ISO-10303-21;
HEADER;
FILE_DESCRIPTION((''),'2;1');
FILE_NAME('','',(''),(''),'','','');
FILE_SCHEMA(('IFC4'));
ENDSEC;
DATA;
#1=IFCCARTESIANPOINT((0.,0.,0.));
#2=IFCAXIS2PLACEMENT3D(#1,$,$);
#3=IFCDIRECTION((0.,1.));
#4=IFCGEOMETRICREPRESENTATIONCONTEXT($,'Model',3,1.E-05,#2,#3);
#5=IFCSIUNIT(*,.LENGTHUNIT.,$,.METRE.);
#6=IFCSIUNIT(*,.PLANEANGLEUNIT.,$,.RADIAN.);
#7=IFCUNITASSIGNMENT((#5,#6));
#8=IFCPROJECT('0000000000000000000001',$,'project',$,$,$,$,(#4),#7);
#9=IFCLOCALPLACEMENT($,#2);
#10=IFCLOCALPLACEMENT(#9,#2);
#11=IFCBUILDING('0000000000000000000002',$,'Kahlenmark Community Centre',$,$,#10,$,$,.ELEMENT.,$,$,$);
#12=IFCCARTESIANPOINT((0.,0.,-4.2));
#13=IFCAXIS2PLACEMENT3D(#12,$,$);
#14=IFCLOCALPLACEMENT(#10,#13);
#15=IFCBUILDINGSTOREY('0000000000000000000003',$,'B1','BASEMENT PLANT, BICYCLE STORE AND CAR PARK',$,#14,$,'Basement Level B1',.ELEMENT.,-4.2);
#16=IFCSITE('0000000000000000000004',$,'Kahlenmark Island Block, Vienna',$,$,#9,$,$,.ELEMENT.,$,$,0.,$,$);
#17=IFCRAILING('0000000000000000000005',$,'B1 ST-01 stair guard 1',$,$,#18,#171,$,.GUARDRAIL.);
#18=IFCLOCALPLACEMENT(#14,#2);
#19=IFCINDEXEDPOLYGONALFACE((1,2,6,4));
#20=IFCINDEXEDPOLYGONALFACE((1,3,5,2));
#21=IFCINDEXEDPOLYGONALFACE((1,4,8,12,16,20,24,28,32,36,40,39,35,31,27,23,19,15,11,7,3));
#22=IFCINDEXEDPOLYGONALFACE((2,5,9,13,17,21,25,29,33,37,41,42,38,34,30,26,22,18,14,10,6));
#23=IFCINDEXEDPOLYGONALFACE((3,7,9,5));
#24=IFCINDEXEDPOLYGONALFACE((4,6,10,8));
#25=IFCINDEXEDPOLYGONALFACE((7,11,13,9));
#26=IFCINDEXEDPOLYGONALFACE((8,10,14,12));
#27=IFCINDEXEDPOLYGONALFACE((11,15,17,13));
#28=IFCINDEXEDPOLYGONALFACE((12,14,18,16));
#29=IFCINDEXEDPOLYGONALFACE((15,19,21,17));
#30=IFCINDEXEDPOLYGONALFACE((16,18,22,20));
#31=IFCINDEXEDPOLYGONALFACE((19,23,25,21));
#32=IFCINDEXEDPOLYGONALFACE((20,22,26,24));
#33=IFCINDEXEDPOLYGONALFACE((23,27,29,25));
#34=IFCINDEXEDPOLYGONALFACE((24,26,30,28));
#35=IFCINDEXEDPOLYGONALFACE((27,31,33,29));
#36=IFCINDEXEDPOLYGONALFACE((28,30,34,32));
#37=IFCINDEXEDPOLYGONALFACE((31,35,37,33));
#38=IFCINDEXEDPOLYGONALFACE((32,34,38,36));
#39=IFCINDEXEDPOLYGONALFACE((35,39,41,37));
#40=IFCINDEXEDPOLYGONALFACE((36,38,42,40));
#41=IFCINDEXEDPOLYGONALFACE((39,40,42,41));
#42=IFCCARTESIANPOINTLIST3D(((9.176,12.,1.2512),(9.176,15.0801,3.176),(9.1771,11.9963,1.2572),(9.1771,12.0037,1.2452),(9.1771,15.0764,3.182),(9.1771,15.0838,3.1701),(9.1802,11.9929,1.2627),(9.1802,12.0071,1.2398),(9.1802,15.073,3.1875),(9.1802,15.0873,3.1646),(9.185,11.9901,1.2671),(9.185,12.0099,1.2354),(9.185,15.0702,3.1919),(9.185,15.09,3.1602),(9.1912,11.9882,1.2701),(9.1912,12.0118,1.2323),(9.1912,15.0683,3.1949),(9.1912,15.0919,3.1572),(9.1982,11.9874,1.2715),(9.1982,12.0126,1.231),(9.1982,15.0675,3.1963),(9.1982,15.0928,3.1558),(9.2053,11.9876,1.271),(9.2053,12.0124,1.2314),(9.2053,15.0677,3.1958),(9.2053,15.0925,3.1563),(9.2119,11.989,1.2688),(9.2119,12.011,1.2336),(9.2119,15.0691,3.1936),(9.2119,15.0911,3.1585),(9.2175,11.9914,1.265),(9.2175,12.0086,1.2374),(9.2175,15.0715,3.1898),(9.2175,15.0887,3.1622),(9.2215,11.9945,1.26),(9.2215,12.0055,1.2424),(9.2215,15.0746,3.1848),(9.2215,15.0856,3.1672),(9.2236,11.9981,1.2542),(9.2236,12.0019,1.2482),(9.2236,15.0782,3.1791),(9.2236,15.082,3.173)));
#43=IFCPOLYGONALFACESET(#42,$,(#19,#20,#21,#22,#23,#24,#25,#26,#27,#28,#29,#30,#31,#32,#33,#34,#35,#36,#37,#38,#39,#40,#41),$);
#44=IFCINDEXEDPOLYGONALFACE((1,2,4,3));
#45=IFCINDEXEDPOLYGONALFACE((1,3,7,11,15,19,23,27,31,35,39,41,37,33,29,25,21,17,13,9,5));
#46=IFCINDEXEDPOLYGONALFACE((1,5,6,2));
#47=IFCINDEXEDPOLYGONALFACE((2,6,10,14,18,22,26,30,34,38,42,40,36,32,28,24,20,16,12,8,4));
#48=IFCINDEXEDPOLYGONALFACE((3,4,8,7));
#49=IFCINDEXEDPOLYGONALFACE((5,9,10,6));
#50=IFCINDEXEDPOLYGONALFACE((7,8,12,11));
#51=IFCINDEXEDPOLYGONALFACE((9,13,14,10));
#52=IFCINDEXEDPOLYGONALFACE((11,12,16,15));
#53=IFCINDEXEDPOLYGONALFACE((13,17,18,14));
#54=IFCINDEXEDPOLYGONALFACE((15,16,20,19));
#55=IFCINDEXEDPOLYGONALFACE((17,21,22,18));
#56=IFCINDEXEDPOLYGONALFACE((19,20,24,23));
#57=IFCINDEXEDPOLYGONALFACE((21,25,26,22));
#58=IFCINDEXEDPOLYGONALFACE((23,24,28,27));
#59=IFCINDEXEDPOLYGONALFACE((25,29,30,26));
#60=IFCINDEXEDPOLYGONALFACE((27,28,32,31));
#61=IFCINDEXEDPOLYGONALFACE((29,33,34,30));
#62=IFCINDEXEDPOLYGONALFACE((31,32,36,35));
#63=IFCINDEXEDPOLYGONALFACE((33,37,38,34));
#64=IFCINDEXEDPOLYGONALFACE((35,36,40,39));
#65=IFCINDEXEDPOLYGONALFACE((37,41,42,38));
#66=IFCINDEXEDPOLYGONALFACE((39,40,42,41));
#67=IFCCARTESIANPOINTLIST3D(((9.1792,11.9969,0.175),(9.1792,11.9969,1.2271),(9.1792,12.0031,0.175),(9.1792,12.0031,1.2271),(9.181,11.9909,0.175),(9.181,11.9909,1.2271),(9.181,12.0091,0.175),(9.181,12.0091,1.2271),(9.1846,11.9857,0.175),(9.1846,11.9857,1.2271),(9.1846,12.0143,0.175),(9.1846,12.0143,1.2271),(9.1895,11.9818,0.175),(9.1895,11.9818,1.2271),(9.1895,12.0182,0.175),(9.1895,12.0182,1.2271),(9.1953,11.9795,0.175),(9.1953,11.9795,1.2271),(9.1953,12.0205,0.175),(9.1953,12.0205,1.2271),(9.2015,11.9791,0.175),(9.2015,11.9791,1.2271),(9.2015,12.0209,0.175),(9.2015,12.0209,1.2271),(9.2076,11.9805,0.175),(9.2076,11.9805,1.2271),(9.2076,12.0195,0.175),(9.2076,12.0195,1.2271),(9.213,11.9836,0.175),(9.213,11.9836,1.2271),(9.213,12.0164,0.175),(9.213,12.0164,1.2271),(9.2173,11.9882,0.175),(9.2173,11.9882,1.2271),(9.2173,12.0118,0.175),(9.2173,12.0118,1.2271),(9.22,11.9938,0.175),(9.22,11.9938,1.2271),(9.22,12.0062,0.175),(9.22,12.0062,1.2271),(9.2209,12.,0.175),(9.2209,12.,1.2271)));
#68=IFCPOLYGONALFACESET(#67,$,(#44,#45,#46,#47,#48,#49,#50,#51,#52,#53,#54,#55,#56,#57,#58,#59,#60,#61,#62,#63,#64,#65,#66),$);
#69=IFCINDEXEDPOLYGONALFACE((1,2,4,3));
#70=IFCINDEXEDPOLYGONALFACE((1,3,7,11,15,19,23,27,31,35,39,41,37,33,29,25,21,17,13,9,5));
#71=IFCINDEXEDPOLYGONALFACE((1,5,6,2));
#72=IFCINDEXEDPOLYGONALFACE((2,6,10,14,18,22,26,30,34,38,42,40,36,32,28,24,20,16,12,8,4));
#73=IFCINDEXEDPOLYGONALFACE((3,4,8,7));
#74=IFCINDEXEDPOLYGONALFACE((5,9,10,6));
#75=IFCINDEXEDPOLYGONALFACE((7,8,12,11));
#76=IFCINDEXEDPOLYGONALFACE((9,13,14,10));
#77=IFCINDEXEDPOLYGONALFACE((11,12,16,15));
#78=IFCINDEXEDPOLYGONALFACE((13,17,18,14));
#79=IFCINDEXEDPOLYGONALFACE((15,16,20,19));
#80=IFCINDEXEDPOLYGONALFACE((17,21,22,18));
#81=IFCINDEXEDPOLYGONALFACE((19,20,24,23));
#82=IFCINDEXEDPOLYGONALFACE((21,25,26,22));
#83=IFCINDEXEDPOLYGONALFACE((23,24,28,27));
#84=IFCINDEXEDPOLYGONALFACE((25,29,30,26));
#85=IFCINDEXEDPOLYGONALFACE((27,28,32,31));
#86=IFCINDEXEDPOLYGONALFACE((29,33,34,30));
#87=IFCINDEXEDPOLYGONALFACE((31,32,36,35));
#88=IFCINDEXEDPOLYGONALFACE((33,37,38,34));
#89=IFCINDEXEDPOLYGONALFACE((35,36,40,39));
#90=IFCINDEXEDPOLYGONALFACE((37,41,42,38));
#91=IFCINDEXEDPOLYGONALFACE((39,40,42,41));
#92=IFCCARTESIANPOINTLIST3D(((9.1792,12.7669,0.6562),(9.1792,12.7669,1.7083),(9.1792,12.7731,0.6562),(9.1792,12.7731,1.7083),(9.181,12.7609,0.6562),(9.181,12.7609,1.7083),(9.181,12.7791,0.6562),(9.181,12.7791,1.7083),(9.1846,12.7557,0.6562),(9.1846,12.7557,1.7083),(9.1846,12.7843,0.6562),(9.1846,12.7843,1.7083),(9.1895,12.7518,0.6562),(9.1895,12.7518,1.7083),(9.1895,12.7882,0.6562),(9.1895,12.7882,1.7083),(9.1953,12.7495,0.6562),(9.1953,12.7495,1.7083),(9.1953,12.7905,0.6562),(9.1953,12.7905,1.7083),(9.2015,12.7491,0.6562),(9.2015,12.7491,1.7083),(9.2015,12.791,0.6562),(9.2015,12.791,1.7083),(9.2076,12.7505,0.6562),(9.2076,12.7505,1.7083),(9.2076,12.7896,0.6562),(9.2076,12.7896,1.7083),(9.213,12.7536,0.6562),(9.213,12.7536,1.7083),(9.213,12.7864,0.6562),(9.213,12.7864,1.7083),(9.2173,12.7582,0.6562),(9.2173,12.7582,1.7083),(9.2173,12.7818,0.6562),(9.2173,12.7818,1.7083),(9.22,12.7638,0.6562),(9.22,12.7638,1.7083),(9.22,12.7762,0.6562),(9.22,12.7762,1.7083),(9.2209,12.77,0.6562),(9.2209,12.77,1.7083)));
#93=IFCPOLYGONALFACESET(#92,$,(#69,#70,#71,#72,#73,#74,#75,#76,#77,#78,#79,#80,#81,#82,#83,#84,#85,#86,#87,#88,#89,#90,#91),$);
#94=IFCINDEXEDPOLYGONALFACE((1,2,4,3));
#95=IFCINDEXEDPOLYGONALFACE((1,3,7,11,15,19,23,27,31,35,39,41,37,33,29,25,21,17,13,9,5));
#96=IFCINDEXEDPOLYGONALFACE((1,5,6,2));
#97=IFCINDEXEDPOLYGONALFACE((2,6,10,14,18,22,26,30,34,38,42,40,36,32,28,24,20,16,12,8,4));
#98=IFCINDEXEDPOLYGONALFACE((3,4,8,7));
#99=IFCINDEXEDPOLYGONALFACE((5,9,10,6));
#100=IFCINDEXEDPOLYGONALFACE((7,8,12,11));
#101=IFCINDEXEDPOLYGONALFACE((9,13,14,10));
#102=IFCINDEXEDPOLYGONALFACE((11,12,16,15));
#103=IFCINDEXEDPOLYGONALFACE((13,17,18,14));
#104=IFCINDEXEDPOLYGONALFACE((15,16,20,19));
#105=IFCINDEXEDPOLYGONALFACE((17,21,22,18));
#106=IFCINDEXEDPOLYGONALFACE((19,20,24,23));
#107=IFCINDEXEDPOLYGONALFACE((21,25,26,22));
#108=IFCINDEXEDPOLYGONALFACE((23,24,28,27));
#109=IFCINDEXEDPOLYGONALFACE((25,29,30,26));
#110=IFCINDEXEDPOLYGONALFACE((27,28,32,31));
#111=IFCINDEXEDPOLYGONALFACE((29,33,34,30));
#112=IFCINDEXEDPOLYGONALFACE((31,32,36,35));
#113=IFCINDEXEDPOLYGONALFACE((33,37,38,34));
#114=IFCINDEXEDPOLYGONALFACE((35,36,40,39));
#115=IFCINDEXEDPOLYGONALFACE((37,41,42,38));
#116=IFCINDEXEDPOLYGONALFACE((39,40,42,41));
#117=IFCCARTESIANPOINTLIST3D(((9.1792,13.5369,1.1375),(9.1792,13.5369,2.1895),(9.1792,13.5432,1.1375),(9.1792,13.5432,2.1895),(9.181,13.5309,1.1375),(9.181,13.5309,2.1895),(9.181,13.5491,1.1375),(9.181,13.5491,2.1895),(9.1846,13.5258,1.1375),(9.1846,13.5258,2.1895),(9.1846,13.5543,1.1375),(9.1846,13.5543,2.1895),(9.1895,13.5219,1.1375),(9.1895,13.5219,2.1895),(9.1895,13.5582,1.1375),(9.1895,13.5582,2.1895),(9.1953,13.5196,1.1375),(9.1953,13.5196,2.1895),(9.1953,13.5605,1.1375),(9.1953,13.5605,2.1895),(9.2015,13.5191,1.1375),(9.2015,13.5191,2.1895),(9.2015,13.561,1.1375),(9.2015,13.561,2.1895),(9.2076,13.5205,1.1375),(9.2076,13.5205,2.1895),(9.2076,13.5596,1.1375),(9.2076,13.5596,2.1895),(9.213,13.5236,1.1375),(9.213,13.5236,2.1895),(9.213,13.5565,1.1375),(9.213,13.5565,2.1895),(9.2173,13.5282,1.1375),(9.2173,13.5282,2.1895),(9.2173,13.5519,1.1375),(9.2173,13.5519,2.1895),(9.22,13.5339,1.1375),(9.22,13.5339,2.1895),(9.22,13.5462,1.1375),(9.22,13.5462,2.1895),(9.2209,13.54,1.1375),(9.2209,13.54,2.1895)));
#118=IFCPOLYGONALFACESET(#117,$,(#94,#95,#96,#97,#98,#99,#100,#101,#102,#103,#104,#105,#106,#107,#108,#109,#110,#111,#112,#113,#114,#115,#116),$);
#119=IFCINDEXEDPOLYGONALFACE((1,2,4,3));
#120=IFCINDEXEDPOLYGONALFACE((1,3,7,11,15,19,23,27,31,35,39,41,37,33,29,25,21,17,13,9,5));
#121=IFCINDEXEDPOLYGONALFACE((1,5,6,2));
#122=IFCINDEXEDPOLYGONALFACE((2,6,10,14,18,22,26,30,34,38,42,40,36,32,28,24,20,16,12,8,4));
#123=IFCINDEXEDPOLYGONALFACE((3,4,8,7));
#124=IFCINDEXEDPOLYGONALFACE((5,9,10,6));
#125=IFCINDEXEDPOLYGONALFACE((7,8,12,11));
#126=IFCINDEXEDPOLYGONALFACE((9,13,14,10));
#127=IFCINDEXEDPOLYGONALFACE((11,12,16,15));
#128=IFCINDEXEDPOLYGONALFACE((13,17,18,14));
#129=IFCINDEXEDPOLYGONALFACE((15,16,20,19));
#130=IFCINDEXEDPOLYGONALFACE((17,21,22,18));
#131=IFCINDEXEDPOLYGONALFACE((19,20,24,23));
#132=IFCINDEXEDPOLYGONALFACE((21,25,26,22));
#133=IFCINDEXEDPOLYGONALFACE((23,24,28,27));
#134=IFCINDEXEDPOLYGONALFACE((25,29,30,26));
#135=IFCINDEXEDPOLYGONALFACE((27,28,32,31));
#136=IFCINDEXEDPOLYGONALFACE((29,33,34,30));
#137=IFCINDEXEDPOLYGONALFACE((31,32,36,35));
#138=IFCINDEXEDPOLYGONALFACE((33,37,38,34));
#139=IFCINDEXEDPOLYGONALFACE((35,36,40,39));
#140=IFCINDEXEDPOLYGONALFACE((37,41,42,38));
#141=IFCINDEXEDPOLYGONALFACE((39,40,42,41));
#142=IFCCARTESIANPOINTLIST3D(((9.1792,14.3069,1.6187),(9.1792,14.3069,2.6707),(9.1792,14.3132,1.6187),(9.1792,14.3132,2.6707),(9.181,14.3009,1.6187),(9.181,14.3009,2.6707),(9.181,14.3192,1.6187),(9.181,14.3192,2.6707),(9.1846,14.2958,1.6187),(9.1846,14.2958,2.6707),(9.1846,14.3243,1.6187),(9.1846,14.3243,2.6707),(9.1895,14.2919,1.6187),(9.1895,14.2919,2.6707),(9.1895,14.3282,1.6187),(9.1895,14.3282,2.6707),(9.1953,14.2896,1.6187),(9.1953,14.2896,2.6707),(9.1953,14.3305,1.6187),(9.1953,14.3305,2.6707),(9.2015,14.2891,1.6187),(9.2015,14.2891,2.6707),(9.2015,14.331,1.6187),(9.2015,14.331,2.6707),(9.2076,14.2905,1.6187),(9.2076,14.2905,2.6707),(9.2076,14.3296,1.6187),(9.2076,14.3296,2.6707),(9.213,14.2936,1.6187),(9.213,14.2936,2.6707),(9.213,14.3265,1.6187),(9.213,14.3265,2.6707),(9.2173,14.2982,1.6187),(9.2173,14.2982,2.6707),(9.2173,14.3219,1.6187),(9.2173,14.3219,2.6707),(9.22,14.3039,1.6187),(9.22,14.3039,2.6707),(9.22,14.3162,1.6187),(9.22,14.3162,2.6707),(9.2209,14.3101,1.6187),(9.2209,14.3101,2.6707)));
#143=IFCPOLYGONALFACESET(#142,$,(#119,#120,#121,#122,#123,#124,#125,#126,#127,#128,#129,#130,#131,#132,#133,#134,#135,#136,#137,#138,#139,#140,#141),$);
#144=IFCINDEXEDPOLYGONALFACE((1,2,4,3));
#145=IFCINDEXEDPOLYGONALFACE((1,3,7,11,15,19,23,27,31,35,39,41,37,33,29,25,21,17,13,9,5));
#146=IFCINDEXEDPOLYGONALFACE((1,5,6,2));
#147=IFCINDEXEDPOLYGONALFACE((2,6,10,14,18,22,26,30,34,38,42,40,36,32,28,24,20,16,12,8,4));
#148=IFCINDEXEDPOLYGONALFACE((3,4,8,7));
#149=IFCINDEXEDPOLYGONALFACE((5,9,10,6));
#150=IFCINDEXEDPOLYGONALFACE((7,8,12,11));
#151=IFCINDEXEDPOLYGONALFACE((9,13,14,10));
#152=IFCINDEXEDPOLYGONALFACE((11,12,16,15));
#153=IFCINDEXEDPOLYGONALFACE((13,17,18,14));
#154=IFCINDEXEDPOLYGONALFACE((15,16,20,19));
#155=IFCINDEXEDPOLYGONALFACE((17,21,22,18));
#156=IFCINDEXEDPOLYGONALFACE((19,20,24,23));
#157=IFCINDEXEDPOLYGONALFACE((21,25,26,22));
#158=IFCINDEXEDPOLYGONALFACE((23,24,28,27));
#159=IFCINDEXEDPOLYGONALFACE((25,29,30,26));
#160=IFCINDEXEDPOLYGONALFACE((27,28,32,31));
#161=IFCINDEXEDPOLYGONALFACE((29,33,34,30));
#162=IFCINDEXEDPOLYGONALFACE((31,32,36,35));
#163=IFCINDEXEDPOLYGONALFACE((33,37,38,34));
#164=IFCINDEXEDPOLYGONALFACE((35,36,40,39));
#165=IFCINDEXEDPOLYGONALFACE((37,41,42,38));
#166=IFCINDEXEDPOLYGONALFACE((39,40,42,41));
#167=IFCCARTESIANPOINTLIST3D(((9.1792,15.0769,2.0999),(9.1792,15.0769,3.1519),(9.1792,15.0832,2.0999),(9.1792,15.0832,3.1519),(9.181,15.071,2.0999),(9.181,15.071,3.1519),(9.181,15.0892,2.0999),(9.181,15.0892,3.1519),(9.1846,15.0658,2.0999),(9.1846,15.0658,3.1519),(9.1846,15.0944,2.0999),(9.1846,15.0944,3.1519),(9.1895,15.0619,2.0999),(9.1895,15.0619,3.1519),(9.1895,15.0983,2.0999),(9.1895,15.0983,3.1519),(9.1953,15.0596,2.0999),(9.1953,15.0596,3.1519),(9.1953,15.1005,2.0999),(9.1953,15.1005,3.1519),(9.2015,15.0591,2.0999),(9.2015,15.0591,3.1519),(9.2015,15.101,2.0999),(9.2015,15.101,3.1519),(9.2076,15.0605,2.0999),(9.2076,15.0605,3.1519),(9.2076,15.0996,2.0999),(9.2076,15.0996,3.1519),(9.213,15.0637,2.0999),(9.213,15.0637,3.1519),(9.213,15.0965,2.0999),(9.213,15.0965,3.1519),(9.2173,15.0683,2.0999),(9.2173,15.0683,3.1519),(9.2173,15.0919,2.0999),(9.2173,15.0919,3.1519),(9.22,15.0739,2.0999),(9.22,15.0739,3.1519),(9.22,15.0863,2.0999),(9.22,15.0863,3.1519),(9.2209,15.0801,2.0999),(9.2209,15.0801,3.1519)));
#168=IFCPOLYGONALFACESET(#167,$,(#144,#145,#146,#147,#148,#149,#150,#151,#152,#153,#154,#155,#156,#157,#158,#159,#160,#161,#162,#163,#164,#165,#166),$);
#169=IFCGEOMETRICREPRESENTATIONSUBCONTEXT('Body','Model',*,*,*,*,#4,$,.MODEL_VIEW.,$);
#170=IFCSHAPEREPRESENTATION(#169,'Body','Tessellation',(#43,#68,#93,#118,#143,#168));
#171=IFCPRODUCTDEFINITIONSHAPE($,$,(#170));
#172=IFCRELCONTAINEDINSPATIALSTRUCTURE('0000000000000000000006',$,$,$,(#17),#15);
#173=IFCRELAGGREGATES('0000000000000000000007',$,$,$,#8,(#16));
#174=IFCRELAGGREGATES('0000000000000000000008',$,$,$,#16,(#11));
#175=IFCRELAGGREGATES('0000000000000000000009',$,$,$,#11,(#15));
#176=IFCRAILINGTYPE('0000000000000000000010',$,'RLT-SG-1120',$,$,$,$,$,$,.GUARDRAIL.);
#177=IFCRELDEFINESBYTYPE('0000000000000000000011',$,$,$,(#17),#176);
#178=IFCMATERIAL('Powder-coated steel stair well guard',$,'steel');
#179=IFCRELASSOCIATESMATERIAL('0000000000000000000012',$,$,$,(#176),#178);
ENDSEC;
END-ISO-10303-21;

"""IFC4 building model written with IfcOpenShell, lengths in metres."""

from ifc_helpers import new_model, si_unit, direction, frame, origin, origin_2d, place, context, subcontext, project, spatial, circle, extrude, material, type_object, element, save


model = new_model("IFC4")

# Units and contexts
model_context = context("Model", 3, precision=1e-05, world=origin(), true_north=direction((0.0, 1.0)))
body_context = subcontext(model_context, "Body", "Model", "MODEL_VIEW")
ifc_project = project(units=[si_unit("LENGTHUNIT", "METRE"), si_unit("PLANEANGLEUNIT", "RADIAN")], contexts=[model_context])

# Site, building, storey
site_placement = place(None, origin())
site = spatial("IfcSite", under=ifc_project, at=site_placement, Name="Kahlenmark Island Block, Vienna", CompositionType="ELEMENT", RefElevation=0.0)
building_placement = place(site_placement, origin())
building = spatial("IfcBuilding", under=site, at=building_placement, Name="Kahlenmark Community Centre", CompositionType="ELEMENT")
storey_placement = place(building_placement, frame((0.0, 0.0, -4.2)))
storey = spatial("IfcBuildingStorey", under=building, at=storey_placement, Name="B1", Description="BASEMENT PLANT, BICYCLE STORE AND CAR PARK", LongName="Basement Level B1", CompositionType="ELEMENT", Elevation=-4.2)

# Railing
ifc_material_1 = material(Name="Powder-coated steel stair well guard", Category="steel")
railing_type = type_object("IfcRailingType", Name="RLT-SG-1120", PredefinedType="GUARDRAIL", material=ifc_material_1)
railing_1_placement = place(storey_placement, frame((9.2, 12.0, 0.175)))
element("IfcRailing", 1, at=railing_1_placement, inside=storey, type_object=railing_type, Name="B1 ST-01 stair guard 1", PredefinedType="GUARDRAIL", context=body_context, shape_type="SweptSolid", body=[
    extrude(circle(Radius=0.0239, at=origin_2d()), frame((0.0, 0.0, 1.0762), z_axis=(0.0, 0.848029, 0.529951), x_axis=(-1.0, 0.0, 0.0)), (0.0, 0.0, 1.0), 3.6321),
    extrude(circle(Radius=0.021, at=origin_2d()), origin(), (0.0, 0.0, 1.0), 1.052),
    extrude(circle(Radius=0.021, at=origin_2d()), frame((0.0, 0.77, 0.4812)), (0.0, 0.0, 1.0), 1.052),
    extrude(circle(Radius=0.021, at=origin_2d()), frame((0.0, 1.54, 0.9624)), (0.0, 0.0, 1.0), 1.052),
    extrude(circle(Radius=0.021, at=origin_2d()), frame((0.0, 2.3101, 1.4436)), (0.0, 0.0, 1.0), 1.052),
    extrude(circle(Radius=0.021, at=origin_2d()), frame((0.0, 3.0801, 1.9248)), (0.0, 0.0, 1.0), 1.052),
])

save(model, "model.ifc")
